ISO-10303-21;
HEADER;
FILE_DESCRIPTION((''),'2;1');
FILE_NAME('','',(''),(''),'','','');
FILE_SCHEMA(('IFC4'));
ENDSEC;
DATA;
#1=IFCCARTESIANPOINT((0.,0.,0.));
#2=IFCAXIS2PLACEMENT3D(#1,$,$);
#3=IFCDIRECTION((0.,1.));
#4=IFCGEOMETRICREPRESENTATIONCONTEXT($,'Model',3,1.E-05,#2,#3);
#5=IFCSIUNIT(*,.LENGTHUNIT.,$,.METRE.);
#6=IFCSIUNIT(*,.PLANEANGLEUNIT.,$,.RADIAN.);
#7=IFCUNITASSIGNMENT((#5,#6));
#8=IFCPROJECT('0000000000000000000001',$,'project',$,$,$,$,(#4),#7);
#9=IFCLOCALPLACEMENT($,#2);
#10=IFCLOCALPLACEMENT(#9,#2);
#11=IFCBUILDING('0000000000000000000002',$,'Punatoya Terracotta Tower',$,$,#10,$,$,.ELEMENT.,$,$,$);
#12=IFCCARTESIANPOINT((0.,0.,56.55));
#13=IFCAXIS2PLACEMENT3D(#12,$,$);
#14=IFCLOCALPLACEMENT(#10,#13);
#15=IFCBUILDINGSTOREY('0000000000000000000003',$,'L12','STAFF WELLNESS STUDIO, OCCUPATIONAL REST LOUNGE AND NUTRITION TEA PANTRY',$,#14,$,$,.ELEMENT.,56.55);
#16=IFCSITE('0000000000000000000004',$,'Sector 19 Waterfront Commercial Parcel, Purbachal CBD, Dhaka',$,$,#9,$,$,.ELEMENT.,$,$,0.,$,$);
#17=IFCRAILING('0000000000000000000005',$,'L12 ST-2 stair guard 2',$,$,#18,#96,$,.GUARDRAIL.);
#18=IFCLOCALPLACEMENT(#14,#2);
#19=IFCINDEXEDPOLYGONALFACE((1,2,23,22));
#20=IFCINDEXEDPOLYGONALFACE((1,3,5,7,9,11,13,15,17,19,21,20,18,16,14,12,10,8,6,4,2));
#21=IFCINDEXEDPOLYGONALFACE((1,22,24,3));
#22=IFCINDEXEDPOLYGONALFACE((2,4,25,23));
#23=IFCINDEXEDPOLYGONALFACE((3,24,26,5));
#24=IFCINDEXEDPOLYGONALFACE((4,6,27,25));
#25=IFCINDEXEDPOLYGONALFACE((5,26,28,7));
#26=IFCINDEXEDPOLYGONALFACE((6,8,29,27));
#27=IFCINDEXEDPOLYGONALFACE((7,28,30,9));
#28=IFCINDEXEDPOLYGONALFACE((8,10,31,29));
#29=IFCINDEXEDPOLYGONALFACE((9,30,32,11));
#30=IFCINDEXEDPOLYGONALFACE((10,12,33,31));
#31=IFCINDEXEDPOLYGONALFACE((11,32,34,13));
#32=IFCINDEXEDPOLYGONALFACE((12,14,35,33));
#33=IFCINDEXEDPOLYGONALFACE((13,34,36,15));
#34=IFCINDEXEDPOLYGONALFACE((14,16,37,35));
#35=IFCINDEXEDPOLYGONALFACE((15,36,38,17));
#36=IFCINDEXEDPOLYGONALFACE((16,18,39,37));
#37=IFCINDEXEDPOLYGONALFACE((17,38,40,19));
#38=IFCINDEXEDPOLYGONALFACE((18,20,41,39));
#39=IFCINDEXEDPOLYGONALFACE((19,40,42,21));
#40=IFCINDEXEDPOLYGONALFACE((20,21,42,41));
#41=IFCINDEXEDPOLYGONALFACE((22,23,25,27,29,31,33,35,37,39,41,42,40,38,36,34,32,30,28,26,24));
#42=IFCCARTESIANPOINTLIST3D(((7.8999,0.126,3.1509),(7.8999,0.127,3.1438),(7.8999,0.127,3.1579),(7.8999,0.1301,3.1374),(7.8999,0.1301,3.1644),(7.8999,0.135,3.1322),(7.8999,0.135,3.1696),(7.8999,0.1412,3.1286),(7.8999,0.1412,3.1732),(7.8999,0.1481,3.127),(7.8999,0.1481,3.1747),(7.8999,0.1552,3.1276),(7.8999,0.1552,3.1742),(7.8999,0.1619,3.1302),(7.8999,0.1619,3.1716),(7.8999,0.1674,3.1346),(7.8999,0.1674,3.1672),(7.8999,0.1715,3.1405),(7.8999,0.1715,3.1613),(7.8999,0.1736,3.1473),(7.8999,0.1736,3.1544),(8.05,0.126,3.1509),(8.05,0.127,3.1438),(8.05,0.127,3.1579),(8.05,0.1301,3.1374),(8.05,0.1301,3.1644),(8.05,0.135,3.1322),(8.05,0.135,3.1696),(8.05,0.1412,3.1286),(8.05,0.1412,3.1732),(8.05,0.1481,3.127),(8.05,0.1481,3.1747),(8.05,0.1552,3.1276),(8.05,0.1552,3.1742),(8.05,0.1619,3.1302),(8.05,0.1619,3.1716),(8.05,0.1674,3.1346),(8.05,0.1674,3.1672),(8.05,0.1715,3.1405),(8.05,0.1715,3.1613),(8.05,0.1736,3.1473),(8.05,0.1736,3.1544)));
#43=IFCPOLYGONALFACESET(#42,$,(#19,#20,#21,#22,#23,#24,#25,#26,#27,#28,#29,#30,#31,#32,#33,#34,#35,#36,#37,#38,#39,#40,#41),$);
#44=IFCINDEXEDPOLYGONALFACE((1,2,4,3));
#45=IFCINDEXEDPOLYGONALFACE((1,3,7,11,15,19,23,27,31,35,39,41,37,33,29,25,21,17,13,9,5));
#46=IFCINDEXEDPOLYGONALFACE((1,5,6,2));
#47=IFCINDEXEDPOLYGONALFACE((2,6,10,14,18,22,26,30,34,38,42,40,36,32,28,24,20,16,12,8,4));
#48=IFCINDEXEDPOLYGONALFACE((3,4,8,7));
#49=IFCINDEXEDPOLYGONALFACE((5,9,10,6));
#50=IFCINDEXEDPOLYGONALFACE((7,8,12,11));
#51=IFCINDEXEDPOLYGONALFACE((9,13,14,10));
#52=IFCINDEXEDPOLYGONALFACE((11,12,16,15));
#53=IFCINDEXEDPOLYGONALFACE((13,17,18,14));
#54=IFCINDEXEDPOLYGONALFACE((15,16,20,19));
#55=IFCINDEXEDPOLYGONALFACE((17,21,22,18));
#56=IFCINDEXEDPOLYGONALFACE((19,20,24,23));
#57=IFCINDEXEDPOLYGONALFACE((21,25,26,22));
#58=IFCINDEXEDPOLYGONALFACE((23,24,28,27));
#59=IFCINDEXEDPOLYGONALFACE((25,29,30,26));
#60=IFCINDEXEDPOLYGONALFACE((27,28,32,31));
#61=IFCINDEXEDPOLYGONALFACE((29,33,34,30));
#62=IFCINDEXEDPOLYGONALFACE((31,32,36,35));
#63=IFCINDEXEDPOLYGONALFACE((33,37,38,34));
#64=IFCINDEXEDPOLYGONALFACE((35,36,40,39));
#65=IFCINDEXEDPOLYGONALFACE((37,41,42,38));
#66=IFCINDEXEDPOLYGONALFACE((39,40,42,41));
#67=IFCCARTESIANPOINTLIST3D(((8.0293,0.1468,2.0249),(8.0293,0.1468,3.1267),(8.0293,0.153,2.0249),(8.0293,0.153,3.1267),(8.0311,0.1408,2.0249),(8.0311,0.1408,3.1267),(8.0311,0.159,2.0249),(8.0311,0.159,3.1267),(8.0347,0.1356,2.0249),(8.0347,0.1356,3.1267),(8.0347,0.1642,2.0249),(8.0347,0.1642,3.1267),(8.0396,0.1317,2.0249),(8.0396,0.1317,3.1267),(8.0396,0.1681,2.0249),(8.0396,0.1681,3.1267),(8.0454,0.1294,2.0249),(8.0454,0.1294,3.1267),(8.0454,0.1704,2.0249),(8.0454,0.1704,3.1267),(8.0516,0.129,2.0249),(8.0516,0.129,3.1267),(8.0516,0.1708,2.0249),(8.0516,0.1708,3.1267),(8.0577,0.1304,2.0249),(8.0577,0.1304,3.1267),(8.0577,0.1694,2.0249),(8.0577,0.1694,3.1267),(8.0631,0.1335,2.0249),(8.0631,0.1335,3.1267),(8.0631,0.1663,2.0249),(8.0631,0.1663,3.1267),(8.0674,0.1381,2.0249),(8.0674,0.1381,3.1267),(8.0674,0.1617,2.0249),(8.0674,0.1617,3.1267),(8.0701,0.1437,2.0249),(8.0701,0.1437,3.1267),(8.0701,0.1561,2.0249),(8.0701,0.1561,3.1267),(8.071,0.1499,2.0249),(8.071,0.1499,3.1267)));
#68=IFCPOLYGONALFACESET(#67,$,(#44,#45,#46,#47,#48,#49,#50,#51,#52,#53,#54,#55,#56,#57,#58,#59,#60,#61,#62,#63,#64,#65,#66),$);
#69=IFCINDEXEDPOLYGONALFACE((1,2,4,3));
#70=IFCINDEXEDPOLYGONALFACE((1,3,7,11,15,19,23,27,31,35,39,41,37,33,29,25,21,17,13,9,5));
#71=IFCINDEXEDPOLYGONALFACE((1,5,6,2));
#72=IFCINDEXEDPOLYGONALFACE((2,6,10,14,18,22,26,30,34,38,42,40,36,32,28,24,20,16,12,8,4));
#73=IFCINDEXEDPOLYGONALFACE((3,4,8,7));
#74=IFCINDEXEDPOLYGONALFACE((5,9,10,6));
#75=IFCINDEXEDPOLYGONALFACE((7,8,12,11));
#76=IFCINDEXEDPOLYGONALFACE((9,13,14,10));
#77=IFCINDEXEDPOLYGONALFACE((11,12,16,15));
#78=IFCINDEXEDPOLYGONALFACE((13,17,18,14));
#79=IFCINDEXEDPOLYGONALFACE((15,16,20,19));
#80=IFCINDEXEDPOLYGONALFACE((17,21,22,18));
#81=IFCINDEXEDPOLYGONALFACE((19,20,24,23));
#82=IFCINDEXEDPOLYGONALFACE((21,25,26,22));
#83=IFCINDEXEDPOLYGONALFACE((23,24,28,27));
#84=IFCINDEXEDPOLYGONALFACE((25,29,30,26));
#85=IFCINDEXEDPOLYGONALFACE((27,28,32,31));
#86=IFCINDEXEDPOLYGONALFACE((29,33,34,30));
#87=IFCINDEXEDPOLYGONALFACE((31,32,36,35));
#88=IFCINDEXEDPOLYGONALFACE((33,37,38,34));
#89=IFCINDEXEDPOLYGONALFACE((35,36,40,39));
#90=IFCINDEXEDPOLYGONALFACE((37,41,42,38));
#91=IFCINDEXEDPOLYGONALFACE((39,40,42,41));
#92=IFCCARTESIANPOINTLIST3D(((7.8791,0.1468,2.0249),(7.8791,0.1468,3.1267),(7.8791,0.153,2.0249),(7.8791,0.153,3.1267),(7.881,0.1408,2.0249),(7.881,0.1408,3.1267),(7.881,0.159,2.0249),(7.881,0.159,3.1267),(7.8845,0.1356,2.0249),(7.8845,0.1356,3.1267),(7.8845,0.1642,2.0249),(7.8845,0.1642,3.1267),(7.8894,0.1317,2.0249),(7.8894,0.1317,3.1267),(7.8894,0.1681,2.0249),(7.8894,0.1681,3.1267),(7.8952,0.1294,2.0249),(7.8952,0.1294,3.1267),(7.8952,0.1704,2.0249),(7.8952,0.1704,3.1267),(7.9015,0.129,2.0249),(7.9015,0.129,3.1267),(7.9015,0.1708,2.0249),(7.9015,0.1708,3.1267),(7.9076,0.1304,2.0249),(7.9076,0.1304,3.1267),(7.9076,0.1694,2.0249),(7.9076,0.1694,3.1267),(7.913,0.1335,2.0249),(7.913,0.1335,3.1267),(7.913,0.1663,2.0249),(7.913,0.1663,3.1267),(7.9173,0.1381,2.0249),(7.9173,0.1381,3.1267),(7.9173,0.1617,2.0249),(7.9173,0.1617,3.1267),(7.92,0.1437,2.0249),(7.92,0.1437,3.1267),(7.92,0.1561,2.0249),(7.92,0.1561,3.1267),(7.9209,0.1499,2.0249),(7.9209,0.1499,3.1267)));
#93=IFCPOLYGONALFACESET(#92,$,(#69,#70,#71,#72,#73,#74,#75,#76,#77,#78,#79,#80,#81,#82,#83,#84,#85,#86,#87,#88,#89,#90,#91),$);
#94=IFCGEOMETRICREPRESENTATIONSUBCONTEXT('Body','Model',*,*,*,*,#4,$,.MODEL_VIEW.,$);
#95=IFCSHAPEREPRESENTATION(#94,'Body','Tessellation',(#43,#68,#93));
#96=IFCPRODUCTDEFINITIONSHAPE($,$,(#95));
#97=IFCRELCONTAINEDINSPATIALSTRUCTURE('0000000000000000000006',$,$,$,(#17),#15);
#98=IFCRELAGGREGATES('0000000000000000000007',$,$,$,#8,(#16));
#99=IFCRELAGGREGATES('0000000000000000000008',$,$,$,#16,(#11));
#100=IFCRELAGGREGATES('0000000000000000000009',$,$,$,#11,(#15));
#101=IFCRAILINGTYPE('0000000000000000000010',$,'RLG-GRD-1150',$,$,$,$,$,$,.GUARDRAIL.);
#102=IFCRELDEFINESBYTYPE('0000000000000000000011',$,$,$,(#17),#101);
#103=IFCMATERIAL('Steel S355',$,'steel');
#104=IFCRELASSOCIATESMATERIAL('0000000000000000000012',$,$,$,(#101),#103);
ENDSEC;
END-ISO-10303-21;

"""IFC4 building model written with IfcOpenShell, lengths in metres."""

from ifc_helpers import new_model, si_unit, direction, frame, origin, origin_2d, place, context, subcontext, project, spatial, circle, extrude, material, type_object, element, save


model = new_model("IFC4")

# Units and contexts
model_context = context("Model", 3, precision=1e-05, world=origin(), true_north=direction((0.0, 1.0)))
body_context = subcontext(model_context, "Body", "Model", "MODEL_VIEW")
ifc_project = project(units=[si_unit("LENGTHUNIT", "METRE"), si_unit("PLANEANGLEUNIT", "RADIAN")], contexts=[model_context])

# Site, building, storey
site_placement = place(None, origin())
site = spatial("IfcSite", under=ifc_project, at=site_placement, Name="Sector 19 Waterfront Commercial Parcel, Purbachal CBD, Dhaka", CompositionType="ELEMENT", RefElevation=0.0)
building_placement = place(site_placement, origin())
building = spatial("IfcBuilding", under=site, at=building_placement, Name="Punatoya Terracotta Tower", CompositionType="ELEMENT")
storey_placement = place(building_placement, frame((0.0, 0.0, 56.55)))
storey = spatial("IfcBuildingStorey", under=building, at=storey_placement, Name="L12", Description="STAFF WELLNESS STUDIO, OCCUPATIONAL REST LOUNGE AND NUTRITION TEA PANTRY", CompositionType="ELEMENT", Elevation=56.55)

# Shared definitions
ifc_material_1 = material(Name="Steel S355", Category="steel")

# Railing
railing_type_1 = type_object("IfcRailingType", Name="RLG-GRD-1150", PredefinedType="GUARDRAIL", material=ifc_material_1)
railing_1_placement = place(storey_placement, frame((8.05, 0.1499, 2.0249)))
element("IfcRailing", 1, at=railing_1_placement, inside=storey, type_object=railing_type_1, Name="L12 ST-2 stair guard 2", PredefinedType="GUARDRAIL", context=body_context, shape_type="SweptSolid", body=[
    extrude(circle(Radius=0.0239, at=origin_2d()), frame((0.0, 0.0, 1.126), z_axis=(-1.0, 0.0, 0.0), x_axis=(0.0, -1.0, 0.0)), (0.0, 0.0, 1.0), 0.1501),
    extrude(circle(Radius=0.021, at=origin_2d()), origin(), (0.0, 0.0, 1.0), 1.1018),
    extrude(circle(Radius=0.021, at=origin_2d()), frame((-0.1501, 0.0, 0.0)), (0.0, 0.0, 1.0), 1.1018),
])

save(model, "model.ifc")
